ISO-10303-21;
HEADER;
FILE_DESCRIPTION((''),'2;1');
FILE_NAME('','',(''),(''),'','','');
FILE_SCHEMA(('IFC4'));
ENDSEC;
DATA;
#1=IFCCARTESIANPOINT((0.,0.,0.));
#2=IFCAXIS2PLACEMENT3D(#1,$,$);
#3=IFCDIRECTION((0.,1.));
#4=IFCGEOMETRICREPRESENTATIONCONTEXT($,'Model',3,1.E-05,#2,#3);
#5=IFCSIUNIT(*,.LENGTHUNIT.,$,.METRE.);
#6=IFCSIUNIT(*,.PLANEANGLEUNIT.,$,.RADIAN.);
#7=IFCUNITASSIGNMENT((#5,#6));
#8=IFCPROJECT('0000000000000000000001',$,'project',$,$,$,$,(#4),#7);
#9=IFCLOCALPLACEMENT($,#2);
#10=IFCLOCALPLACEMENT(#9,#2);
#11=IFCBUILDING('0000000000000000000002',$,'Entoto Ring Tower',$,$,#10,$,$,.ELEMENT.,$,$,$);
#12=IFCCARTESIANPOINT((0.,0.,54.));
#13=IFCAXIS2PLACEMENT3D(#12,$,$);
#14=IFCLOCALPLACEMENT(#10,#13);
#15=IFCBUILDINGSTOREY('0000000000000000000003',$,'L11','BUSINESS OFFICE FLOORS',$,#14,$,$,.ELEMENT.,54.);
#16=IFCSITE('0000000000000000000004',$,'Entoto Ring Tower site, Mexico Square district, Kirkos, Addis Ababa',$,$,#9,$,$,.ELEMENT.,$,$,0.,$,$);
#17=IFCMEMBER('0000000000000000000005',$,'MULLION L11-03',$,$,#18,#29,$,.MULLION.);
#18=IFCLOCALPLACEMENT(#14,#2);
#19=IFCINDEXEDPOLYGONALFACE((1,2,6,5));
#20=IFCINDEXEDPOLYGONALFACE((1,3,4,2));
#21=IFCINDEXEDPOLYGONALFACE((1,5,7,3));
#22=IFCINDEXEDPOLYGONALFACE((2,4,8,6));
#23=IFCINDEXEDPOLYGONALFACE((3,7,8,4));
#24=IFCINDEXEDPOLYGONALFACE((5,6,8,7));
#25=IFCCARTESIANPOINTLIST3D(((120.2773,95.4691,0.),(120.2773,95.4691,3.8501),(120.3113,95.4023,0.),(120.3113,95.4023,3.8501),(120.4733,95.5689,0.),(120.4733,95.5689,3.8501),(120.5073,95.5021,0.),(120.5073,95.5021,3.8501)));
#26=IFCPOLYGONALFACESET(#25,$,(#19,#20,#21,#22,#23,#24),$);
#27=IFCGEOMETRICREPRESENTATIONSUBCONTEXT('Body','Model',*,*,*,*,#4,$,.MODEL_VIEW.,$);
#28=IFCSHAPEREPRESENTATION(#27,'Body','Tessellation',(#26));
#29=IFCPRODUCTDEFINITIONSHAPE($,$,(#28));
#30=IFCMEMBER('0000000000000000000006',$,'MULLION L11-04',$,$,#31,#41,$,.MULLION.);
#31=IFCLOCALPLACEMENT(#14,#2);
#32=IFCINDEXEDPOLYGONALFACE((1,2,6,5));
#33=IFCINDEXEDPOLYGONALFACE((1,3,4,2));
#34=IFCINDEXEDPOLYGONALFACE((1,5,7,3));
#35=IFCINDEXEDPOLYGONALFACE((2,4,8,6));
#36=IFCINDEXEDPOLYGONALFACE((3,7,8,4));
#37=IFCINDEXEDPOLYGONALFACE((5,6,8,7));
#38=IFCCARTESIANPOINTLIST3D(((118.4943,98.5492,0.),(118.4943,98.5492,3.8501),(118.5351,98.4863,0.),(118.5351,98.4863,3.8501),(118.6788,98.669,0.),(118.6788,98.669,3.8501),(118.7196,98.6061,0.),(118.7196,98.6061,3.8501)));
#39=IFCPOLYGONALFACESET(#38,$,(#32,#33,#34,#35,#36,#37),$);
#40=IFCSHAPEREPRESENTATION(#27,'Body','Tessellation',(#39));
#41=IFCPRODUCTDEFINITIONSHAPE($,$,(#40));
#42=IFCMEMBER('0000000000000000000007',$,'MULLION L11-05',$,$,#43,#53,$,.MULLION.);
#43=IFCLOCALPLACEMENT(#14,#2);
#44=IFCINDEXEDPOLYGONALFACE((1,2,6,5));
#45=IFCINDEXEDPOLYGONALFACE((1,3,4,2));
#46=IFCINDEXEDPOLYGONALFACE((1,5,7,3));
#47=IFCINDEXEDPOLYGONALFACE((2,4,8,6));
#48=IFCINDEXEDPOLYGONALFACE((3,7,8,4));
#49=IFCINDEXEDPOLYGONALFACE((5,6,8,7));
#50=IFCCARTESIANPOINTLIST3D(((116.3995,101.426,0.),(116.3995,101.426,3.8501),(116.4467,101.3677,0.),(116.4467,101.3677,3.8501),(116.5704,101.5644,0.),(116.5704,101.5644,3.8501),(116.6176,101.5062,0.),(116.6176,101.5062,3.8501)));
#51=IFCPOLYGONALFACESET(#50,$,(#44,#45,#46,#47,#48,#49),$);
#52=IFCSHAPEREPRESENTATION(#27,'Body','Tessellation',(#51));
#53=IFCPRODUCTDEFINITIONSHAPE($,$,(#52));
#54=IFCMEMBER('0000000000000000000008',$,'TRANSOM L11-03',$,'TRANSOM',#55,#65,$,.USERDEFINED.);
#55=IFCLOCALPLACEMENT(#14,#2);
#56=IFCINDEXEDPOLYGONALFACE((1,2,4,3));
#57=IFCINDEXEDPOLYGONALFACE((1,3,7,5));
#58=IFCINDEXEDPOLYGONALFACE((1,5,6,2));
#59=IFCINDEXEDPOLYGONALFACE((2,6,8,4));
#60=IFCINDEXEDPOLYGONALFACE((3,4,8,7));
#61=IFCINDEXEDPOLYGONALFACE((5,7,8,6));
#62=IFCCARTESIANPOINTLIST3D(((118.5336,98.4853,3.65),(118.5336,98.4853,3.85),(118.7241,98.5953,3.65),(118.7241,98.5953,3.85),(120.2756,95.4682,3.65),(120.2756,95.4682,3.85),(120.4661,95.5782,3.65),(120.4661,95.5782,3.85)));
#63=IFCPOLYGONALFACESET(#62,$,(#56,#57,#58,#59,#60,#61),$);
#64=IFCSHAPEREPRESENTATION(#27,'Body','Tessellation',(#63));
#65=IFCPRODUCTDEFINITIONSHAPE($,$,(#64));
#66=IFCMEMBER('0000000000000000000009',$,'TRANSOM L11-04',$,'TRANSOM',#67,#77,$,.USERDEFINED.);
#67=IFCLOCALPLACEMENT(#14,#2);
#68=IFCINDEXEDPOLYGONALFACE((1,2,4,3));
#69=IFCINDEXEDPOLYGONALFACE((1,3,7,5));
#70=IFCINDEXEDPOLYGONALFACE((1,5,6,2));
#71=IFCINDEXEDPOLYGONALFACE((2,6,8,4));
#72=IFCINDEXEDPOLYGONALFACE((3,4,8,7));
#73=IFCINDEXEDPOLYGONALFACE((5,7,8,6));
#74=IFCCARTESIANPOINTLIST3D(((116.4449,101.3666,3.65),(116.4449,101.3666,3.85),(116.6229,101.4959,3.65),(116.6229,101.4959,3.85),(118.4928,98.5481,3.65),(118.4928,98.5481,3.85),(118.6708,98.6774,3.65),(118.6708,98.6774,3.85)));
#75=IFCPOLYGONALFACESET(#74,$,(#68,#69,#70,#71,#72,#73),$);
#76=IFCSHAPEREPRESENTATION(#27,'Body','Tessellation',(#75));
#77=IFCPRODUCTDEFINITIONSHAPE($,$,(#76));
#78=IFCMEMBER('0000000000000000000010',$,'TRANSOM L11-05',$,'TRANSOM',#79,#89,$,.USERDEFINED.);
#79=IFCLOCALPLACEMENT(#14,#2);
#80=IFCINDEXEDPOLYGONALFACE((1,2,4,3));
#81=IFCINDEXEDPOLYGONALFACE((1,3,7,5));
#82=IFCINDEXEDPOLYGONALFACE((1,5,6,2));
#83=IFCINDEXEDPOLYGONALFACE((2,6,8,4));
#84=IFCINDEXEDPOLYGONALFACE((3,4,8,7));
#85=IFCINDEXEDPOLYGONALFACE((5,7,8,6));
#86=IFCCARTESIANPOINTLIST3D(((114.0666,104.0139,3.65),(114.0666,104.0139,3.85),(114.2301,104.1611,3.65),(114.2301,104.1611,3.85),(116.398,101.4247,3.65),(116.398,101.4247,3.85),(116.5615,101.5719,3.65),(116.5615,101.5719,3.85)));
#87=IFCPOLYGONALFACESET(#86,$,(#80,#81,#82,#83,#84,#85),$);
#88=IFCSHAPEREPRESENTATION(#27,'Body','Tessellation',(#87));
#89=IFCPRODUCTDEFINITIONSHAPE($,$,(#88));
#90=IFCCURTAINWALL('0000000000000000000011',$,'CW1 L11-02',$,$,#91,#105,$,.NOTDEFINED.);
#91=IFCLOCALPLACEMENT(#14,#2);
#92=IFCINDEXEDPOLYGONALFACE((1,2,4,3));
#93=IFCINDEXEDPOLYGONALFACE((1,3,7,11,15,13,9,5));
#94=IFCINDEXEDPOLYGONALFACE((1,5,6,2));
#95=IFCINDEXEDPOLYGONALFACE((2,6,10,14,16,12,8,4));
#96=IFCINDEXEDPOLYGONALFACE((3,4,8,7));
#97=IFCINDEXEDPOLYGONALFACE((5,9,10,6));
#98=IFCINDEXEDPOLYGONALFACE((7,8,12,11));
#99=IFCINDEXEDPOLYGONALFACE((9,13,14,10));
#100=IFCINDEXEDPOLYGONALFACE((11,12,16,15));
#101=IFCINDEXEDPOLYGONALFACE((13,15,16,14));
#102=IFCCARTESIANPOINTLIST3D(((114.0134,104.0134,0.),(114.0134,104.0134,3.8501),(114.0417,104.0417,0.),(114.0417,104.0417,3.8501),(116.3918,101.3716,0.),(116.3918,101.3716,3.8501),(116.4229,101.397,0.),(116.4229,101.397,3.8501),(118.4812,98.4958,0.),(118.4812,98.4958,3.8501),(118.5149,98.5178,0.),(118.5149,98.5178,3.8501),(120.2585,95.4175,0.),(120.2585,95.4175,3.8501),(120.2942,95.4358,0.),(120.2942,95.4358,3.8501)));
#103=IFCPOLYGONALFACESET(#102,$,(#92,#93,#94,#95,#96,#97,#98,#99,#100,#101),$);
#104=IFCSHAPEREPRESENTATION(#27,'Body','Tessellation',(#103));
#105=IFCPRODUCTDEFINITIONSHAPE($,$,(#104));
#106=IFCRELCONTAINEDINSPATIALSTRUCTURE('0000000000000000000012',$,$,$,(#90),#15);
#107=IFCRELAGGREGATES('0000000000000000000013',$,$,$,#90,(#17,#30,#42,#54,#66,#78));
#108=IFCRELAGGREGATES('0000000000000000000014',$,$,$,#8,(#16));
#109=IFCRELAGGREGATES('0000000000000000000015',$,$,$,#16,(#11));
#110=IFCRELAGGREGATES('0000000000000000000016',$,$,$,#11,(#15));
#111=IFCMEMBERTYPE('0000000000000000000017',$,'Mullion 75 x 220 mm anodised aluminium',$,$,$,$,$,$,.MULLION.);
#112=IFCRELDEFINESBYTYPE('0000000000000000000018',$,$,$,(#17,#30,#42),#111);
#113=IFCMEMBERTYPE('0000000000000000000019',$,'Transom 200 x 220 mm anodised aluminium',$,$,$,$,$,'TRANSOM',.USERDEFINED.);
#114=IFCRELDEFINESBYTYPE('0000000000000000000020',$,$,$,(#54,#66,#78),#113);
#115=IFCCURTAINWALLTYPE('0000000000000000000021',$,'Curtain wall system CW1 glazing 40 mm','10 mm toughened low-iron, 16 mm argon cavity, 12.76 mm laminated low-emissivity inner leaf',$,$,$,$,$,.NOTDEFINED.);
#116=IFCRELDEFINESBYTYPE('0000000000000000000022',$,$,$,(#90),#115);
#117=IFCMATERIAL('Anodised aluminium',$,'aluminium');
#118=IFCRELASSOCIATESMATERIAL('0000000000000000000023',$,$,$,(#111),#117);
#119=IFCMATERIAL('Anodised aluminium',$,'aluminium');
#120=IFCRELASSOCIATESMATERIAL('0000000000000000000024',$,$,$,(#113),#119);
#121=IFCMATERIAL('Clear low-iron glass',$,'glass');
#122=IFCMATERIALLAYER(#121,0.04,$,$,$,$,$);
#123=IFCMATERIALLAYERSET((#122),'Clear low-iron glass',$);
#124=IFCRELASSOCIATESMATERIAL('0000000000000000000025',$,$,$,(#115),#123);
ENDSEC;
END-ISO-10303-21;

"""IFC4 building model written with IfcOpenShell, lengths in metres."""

from ifc_helpers import new_model, si_unit, direction, frame, origin, origin_2d, place, context, subcontext, project, spatial, polyline, rectangle, outline, extrude, material, layer, layer_set, material_profile, profile_set, type_object, element, aggregate, save


model = new_model("IFC4")

# Units and contexts
model_context = context("Model", 3, precision=1e-05, world=origin(), true_north=direction((0.0, 1.0)))
body_context = subcontext(model_context, "Body", "Model", "MODEL_VIEW")
ifc_project = project(units=[si_unit("LENGTHUNIT", "METRE"), si_unit("PLANEANGLEUNIT", "RADIAN")], contexts=[model_context])

# Members
ifc_material_1 = material(Name="Anodised aluminium", Category="aluminium")
ifc_material_profile_1 = material_profile(ifc_material_1, rectangle(XDim=0.075, YDim=0.22, at=origin_2d()), Name="Mullion 75 x 220 mm anodised aluminium")
ifc_profile_set_1 = profile_set([ifc_material_profile_1], Name="Anodised aluminium")
member_type_1 = type_object("IfcMemberType", Name="Mullion 75 x 220 mm anodised aluminium", PredefinedType="MULLION", material=ifc_profile_set_1)
site_placement = place(None, origin())
building_placement = place(site_placement, origin())
storey_placement = place(building_placement, frame((0.0, 0.0, 54.0)))
member_1_placement = place(storey_placement, frame((120.3923, 95.4856, 0.0), z_axis=(0.0, 0.0, 1.0), x_axis=(-0.45399, 0.891007, 0.0)))
member_1 = element("IfcMember", 1, at=member_1_placement, type_object=member_type_1, Name="MULLION L11-03", PredefinedType="MULLION", context=body_context, shape_type="SweptSolid", body=[
    extrude(rectangle(XDim=0.075, YDim=0.22, at=origin_2d()), origin(), (0.0, 0.0, 1.0), 3.8501),
])
member_2_placement = place(storey_placement, frame((118.6069, 98.5776, 0.0), z_axis=(0.0, 0.0, 1.0), x_axis=(-0.544639, 0.838671, 0.0)))
member_2 = element("IfcMember", 2, at=member_2_placement, type_object=member_type_1, Name="MULLION L11-04", PredefinedType="MULLION", context=body_context, shape_type="SweptSolid", body=[
    extrude(rectangle(XDim=0.075, YDim=0.22, at=origin_2d()), origin(), (0.0, 0.0, 1.0), 3.8501),
])
member_3_placement = place(storey_placement, frame((116.5085, 101.4661, 0.0), z_axis=(0.0, 0.0, 1.0), x_axis=(-0.62932, 0.777146, 0.0)))
member_3 = element("IfcMember", 3, at=member_3_placement, type_object=member_type_1, Name="MULLION L11-05", PredefinedType="MULLION", context=body_context, shape_type="SweptSolid", body=[
    extrude(rectangle(XDim=0.075, YDim=0.22, at=origin_2d()), origin(), (0.0, 0.0, 1.0), 3.8501),
])
ifc_material_2 = material(Name="Anodised aluminium", Category="aluminium")
ifc_material_profile_2 = material_profile(ifc_material_2, rectangle(XDim=0.22, YDim=0.2, at=origin_2d()), Name="Transom 200 x 220 mm anodised aluminium")
ifc_profile_set_2 = profile_set([ifc_material_profile_2], Name="Anodised aluminium")
member_type_2 = type_object("IfcMemberType", Name="Transom 200 x 220 mm anodised aluminium", ElementType="TRANSOM", PredefinedType="USERDEFINED", material=ifc_profile_set_2)
member_4_placement = place(storey_placement, frame((120.3708, 95.5232, 3.75), z_axis=(-0.500006, 0.866022, 0.0), x_axis=(-0.866022, -0.500006, 0.0)))
member_4 = element("IfcMember", 4, at=member_4_placement, type_object=member_type_2, Name="TRANSOM L11-03", ObjectType="TRANSOM", PredefinedType="USERDEFINED", context=body_context, shape_type="SweptSolid", body=[
    extrude(rectangle(XDim=0.22, YDim=0.2, at=origin_2d()), origin(), (0.0, 0.0, 1.0), 3.4839),
])
member_5_placement = place(storey_placement, frame((118.5818, 98.6128, 3.75), z_axis=(-0.587822, 0.808991, 0.0), x_axis=(-0.808991, -0.587822, 0.0)))
member_5 = element("IfcMember", 5, at=member_5_placement, type_object=member_type_2, Name="TRANSOM L11-04", ObjectType="TRANSOM", PredefinedType="USERDEFINED", context=body_context, shape_type="SweptSolid", body=[
    extrude(rectangle(XDim=0.22, YDim=0.2, at=origin_2d()), origin(), (0.0, 0.0, 1.0), 3.4839),
])
member_6_placement = place(storey_placement, frame((116.4797, 101.4983, 3.75), z_axis=(-0.669139, 0.743137, 0.0), x_axis=(-0.743137, -0.669139, 0.0)))
member_6 = element("IfcMember", 6, at=member_6_placement, type_object=member_type_2, Name="TRANSOM L11-05", ObjectType="TRANSOM", PredefinedType="USERDEFINED", context=body_context, shape_type="SweptSolid", body=[
    extrude(rectangle(XDim=0.22, YDim=0.2, at=origin_2d()), origin(), (0.0, 0.0, 1.0), 3.4841),
])

# Site, building, storey
site = spatial("IfcSite", under=ifc_project, at=site_placement, Name="Entoto Ring Tower site, Mexico Square district, Kirkos, Addis Ababa", CompositionType="ELEMENT", RefElevation=0.0)
building = spatial("IfcBuilding", under=site, at=building_placement, Name="Entoto Ring Tower", CompositionType="ELEMENT")
storey = spatial("IfcBuildingStorey", under=building, at=storey_placement, Name="L11", Description="BUSINESS OFFICE FLOORS", CompositionType="ELEMENT", Elevation=54.0)

# Curtain wall
ifc_material_3 = material(Name="Clear low-iron glass", Category="glass")
ifc_layer_1 = layer(ifc_material_3, 0.04)
ifc_layer_set_1 = layer_set([ifc_layer_1], Name="Clear low-iron glass")
curtain_wall_type = type_object("IfcCurtainWallType", Name="Curtain wall system CW1 glazing 40 mm", Description="10 mm toughened low-iron, 16 mm argon cavity, 12.76 mm laminated low-emissivity inner leaf", PredefinedType="NOTDEFINED", material=ifc_layer_set_1)
curtain_wall_1_placement = place(storey_placement, origin())
curtain_wall_1 = element("IfcCurtainWall", 7, at=curtain_wall_1_placement, inside=storey, type_object=curtain_wall_type, Name="CW1 L11-02", PredefinedType="NOTDEFINED", context=body_context, shape_type="SweptSolid", body=[
    extrude(outline(polyline([(120.2942, 95.4358), (118.5149, 98.5178), (116.4229, 101.397), (114.0417, 104.0417), (114.0134, 104.0134), (116.3918, 101.3716), (118.4812, 98.4958), (120.2585, 95.4175), (120.2942, 95.4358)])), origin(), (0.0, 0.0, 1.0), 3.8501),
])
aggregate(curtain_wall_1, [member_1, member_2, member_3, member_4, member_5, member_6])

save(model, "model.ifc")
